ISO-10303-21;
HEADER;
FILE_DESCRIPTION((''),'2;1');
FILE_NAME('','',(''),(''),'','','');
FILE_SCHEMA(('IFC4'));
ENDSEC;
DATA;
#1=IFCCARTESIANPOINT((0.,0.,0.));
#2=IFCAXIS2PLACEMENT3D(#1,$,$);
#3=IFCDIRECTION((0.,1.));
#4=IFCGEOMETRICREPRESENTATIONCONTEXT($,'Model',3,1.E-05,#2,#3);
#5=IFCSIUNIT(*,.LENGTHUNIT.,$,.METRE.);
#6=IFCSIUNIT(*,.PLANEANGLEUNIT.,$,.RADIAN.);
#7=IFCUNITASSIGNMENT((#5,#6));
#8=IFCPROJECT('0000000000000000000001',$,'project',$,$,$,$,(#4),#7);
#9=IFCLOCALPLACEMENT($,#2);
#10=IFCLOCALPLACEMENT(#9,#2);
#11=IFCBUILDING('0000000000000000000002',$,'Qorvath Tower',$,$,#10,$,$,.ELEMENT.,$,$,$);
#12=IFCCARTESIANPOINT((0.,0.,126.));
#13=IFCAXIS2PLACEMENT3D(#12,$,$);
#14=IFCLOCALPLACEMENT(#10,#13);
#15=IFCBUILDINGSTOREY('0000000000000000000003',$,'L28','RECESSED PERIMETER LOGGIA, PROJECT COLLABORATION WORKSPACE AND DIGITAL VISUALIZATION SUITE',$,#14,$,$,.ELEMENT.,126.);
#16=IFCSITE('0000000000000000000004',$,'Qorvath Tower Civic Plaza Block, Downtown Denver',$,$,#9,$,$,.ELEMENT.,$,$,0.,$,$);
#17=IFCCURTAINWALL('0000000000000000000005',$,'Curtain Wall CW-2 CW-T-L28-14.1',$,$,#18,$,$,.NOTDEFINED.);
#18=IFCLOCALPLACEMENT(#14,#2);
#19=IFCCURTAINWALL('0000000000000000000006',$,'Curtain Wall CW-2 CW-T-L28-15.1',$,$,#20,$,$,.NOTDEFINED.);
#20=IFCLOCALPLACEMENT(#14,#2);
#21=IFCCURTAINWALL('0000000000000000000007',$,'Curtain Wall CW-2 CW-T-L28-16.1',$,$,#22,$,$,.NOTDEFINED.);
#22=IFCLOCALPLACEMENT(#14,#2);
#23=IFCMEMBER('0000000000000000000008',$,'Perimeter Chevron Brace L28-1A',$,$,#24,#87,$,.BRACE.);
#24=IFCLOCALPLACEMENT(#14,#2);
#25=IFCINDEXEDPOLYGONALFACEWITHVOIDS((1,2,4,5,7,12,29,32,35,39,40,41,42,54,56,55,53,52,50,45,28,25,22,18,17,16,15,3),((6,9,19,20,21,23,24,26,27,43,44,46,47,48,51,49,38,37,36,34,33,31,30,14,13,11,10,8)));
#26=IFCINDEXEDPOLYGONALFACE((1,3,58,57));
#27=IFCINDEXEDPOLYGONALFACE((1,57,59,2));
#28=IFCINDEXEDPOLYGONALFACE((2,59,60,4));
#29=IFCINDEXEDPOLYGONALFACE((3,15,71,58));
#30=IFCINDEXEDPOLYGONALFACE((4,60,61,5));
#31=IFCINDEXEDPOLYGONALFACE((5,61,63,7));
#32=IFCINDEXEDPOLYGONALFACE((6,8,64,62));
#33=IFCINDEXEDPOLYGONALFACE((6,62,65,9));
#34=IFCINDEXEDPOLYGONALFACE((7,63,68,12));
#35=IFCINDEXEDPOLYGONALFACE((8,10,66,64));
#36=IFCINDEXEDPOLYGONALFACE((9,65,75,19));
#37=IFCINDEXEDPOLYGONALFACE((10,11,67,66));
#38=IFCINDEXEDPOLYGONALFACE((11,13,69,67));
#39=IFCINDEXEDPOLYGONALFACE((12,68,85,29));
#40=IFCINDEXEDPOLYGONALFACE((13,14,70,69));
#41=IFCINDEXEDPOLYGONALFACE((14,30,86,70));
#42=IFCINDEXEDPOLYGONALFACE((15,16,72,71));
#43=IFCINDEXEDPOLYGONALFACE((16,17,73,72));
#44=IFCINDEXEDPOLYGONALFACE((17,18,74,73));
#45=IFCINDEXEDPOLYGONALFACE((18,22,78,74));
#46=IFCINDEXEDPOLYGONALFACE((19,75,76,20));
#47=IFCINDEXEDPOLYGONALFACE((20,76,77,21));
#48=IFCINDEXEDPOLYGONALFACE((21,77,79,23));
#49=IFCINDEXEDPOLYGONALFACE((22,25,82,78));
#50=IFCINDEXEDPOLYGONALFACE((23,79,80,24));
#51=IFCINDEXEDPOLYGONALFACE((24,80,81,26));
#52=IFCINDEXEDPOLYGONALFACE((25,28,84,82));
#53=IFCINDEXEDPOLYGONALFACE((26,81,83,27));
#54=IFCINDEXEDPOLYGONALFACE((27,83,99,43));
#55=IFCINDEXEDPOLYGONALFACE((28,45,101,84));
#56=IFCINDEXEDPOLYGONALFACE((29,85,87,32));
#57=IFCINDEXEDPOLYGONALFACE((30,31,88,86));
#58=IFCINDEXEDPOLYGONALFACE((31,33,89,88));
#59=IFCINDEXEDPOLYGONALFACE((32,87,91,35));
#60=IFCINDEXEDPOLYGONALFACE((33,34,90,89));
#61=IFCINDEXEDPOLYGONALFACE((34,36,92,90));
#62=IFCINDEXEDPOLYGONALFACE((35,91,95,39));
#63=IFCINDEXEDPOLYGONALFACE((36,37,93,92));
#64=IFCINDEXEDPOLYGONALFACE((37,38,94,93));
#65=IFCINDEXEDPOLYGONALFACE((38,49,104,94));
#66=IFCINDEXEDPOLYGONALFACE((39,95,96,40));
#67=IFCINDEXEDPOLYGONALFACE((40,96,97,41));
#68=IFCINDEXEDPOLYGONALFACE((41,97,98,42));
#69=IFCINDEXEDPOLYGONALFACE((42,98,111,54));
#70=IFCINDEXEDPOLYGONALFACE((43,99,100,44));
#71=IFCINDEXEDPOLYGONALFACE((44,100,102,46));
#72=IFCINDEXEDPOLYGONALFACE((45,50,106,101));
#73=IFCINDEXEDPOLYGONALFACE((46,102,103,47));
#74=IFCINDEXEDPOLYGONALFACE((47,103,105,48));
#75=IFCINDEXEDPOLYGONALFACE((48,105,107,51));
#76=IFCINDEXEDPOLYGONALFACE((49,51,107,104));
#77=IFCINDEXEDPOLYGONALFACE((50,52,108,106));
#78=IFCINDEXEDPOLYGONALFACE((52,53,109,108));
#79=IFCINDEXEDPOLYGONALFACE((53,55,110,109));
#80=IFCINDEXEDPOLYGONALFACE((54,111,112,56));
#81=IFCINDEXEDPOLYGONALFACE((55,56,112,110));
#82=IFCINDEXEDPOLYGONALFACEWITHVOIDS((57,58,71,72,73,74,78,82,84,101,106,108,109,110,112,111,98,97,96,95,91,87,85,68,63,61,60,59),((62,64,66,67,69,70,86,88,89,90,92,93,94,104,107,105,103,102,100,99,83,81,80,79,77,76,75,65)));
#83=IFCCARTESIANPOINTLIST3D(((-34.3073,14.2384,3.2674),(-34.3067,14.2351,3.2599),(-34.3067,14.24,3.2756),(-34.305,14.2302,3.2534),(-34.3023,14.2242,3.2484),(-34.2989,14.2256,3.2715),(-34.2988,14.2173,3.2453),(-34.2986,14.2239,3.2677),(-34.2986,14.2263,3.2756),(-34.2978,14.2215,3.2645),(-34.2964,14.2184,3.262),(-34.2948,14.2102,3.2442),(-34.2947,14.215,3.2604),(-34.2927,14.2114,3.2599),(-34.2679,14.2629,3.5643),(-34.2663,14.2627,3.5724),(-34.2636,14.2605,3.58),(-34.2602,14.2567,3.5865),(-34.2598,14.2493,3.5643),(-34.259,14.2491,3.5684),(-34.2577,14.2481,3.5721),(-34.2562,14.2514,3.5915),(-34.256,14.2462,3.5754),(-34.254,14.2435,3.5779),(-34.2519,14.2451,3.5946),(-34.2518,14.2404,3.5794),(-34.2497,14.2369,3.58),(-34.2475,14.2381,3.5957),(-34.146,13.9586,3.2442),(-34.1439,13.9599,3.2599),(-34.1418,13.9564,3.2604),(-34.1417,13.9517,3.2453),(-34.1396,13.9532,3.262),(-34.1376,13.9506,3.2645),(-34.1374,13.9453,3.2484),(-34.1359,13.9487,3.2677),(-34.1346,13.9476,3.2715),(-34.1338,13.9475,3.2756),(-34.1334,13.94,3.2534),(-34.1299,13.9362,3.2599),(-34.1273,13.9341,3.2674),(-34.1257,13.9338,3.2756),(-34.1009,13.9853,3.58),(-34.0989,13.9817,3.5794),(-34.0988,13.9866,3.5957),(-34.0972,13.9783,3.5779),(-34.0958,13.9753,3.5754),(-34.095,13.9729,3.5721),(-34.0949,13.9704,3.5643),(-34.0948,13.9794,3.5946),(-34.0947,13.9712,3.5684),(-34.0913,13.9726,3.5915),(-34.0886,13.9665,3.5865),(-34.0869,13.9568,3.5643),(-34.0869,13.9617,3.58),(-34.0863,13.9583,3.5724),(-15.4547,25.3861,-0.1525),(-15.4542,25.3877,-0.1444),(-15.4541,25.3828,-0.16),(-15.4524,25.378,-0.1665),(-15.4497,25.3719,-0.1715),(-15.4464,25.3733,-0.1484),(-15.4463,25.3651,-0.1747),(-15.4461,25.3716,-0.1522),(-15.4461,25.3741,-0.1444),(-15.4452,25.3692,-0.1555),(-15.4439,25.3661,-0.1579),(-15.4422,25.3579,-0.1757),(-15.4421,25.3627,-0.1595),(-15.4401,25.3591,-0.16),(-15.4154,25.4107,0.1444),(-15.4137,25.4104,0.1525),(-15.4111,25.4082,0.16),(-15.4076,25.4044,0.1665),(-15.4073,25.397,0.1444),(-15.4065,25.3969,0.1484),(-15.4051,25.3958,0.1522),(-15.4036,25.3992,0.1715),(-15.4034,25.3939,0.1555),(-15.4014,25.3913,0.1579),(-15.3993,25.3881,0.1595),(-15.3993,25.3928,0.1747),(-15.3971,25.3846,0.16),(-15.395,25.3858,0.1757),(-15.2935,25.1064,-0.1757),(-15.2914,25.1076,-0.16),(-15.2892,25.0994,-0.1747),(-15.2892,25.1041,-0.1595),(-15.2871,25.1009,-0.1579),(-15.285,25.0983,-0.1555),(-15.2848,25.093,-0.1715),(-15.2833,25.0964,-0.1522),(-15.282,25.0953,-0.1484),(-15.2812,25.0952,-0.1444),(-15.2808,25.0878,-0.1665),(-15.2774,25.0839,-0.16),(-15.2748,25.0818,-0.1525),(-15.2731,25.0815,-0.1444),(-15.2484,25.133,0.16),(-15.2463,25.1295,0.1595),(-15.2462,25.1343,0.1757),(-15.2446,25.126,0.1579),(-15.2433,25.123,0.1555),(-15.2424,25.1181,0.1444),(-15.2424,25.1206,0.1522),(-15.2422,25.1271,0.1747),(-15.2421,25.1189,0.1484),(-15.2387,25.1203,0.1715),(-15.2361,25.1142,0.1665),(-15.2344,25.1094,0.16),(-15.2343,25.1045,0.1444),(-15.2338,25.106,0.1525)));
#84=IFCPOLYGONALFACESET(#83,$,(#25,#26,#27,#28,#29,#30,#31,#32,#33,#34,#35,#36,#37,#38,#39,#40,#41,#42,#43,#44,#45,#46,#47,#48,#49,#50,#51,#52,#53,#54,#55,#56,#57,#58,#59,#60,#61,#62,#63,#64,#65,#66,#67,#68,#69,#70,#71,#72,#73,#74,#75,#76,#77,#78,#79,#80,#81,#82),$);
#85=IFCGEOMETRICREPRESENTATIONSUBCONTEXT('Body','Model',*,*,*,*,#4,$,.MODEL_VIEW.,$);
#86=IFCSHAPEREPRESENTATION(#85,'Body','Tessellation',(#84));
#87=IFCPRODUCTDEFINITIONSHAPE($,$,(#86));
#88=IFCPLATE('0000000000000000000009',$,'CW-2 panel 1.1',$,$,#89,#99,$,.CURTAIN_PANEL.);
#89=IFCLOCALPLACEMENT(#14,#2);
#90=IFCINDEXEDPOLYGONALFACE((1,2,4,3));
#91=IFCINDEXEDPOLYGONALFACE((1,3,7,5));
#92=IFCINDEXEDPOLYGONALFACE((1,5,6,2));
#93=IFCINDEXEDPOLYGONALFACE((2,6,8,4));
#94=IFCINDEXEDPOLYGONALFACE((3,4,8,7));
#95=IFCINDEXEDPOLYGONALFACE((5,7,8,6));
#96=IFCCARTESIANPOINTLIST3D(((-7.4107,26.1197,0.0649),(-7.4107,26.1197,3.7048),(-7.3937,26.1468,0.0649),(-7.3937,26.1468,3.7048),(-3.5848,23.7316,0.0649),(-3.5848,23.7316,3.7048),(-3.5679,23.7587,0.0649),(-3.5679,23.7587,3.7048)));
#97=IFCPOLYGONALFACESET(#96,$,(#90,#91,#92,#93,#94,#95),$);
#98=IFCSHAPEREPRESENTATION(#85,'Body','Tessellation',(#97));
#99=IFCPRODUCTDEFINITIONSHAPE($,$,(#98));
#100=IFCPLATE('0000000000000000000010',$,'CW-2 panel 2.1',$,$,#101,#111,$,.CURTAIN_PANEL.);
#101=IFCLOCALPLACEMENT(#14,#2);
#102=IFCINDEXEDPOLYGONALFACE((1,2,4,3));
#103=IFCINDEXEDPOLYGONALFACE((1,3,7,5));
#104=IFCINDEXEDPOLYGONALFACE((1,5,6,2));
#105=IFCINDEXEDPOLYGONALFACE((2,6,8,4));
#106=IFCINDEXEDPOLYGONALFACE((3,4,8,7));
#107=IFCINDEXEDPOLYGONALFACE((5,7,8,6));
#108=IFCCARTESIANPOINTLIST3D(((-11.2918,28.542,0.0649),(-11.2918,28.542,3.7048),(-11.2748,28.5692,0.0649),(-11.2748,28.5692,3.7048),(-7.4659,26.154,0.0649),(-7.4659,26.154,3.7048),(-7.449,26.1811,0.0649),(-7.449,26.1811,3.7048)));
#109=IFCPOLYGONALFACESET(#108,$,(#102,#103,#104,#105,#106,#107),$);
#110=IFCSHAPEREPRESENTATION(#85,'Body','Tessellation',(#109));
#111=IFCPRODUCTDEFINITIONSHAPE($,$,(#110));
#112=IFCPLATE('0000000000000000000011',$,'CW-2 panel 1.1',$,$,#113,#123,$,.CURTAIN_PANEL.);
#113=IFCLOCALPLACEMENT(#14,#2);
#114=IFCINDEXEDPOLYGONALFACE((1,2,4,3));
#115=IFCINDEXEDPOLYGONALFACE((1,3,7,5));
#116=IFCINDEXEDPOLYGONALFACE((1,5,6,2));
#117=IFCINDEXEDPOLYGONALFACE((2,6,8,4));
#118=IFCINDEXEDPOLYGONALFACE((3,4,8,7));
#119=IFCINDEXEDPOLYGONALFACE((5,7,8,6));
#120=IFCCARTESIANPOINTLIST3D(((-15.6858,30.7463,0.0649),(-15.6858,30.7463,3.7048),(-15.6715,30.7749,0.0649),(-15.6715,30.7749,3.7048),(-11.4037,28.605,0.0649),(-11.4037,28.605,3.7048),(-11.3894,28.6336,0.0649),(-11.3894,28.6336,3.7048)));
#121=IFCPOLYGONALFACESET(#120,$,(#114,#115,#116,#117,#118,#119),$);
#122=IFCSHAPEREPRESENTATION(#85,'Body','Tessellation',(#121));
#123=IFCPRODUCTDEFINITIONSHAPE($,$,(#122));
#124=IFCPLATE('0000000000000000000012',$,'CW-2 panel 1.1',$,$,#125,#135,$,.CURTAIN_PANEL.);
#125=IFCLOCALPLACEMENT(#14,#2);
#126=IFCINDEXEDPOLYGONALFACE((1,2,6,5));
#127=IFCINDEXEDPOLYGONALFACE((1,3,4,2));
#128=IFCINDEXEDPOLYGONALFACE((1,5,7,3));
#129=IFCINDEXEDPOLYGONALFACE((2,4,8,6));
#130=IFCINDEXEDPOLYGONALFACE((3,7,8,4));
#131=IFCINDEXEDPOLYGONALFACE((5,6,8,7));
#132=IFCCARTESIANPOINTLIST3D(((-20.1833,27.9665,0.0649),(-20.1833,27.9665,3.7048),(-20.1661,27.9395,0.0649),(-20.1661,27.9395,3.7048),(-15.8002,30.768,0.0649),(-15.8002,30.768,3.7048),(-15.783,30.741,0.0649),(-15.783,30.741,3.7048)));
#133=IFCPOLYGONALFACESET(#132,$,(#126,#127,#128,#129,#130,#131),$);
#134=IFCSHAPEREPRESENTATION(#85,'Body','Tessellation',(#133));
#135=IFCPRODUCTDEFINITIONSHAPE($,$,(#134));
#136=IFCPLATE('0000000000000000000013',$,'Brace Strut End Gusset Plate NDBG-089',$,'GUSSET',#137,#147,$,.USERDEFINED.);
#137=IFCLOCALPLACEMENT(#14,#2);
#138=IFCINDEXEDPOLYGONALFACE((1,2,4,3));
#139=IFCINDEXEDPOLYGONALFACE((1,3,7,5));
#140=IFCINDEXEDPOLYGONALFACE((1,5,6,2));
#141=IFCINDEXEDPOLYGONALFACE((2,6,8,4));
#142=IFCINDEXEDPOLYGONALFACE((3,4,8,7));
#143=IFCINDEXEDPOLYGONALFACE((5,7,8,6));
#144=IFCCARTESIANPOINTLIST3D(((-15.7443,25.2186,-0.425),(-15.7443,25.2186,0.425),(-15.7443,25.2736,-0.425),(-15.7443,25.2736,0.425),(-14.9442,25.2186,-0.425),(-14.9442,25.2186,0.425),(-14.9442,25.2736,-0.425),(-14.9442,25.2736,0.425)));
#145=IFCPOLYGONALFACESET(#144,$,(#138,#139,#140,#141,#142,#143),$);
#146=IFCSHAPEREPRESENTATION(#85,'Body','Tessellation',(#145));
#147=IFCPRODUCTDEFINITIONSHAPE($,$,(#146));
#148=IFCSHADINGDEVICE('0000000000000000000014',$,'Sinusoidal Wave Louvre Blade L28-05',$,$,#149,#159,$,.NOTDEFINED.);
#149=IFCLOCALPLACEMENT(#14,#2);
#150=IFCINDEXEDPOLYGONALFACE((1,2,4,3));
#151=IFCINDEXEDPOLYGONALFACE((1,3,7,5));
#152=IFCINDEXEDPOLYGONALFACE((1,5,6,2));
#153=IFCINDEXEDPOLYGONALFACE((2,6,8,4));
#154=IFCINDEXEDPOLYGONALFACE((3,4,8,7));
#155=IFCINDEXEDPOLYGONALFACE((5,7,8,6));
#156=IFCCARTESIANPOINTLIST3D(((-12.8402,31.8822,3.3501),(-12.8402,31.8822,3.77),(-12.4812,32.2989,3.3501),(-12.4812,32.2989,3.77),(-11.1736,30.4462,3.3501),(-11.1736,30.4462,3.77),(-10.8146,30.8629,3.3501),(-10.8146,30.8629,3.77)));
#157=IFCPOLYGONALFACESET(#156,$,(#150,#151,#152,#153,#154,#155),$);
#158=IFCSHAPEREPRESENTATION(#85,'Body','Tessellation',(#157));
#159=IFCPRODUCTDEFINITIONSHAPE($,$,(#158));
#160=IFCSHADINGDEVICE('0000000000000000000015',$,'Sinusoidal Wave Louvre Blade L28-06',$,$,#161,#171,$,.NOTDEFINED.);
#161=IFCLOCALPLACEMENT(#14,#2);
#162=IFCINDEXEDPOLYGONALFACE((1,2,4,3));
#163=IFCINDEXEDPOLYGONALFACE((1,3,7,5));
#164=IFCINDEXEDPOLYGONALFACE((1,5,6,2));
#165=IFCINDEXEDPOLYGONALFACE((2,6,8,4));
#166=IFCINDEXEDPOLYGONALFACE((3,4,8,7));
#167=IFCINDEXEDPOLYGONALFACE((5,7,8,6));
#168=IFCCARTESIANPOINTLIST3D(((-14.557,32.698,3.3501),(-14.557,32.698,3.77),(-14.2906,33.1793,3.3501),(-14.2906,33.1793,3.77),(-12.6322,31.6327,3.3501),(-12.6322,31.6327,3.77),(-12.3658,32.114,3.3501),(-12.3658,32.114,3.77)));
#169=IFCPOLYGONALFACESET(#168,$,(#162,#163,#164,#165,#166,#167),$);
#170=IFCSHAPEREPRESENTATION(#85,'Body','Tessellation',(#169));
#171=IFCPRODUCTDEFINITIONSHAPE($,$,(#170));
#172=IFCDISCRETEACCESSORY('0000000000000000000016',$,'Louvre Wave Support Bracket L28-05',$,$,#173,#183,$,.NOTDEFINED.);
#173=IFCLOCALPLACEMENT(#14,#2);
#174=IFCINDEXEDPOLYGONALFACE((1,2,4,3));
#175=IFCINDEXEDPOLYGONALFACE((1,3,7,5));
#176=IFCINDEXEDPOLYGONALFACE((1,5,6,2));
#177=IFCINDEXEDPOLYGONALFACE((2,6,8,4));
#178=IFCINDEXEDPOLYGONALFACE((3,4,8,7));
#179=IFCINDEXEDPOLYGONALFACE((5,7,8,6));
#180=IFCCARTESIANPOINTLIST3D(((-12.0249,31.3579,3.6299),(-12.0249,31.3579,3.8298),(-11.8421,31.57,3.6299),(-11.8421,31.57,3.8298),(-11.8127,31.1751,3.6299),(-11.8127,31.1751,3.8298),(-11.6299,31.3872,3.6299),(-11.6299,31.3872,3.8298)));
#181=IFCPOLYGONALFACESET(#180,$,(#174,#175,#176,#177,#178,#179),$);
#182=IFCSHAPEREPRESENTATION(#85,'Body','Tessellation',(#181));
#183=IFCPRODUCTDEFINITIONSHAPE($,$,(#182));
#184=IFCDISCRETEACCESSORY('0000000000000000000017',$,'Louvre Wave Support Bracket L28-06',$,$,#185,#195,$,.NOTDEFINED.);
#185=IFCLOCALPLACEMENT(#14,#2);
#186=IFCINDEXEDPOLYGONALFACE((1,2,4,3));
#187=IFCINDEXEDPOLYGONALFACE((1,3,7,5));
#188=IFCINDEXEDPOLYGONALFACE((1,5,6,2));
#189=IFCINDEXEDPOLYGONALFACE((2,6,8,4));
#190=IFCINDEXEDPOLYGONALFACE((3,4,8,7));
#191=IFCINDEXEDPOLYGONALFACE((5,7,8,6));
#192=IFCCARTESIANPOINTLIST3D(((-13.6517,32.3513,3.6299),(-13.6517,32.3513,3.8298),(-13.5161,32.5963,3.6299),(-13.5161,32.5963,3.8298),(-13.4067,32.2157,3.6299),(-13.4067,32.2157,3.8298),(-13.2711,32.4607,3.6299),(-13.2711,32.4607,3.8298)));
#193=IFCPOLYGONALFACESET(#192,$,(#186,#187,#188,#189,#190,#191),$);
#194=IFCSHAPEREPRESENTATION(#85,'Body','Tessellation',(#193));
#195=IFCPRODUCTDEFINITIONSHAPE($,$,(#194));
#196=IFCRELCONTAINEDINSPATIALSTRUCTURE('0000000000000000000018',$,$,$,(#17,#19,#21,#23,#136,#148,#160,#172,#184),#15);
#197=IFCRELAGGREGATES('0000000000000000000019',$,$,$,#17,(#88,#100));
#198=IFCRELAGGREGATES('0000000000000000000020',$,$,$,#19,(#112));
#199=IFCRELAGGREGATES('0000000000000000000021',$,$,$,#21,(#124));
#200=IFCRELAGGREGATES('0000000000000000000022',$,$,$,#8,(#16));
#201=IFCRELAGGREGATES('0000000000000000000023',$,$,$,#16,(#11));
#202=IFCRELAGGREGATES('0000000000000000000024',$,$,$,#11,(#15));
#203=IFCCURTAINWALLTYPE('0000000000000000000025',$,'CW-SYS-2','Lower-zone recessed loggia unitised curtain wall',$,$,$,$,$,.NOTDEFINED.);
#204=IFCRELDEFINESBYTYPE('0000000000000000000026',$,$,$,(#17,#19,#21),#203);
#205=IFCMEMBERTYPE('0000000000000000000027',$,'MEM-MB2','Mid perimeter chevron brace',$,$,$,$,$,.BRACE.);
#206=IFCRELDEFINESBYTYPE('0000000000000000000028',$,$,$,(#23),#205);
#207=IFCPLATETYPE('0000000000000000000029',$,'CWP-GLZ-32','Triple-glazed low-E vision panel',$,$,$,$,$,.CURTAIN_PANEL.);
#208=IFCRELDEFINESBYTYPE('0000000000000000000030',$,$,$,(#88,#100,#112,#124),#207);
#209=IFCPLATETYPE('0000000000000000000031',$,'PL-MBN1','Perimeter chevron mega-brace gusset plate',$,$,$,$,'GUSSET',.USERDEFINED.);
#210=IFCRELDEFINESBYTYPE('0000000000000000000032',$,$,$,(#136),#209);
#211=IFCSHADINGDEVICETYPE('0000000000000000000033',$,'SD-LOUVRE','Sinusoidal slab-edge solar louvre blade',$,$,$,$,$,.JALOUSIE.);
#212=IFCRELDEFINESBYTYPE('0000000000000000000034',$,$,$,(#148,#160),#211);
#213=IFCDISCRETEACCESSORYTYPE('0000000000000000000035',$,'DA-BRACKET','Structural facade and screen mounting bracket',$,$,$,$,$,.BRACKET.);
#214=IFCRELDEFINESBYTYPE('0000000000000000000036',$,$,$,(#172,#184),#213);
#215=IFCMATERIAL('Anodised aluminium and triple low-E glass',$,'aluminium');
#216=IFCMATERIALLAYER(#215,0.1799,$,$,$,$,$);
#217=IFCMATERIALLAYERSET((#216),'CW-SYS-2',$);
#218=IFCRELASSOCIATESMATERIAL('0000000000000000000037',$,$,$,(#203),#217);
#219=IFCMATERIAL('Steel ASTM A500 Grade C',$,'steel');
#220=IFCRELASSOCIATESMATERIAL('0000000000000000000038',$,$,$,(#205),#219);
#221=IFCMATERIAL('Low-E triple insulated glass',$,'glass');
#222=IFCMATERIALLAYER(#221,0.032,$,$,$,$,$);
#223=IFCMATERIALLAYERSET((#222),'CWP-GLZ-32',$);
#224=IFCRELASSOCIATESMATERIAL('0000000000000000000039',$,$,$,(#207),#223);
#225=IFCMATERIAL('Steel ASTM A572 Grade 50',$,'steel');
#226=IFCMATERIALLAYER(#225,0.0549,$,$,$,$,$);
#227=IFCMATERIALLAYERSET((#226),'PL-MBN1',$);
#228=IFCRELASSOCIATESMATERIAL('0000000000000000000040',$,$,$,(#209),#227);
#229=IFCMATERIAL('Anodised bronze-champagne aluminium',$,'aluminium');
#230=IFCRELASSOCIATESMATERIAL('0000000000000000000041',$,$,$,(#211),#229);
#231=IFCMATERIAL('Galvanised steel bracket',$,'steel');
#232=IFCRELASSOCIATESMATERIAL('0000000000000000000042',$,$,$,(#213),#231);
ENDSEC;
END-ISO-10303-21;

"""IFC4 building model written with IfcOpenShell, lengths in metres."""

from ifc_helpers import new_model, si_unit, direction, frame, origin, origin_2d, place, context, subcontext, project, spatial, rectangle, hollow_rectangle, extrude, material, layer, layer_set, material_profile, profile_set, type_object, element, aggregate, save


model = new_model("IFC4")

# Units and contexts
model_context = context("Model", 3, precision=1e-05, world=origin(), true_north=direction((0.0, 1.0)))
body_context = subcontext(model_context, "Body", "Model", "MODEL_VIEW")
ifc_project = project(units=[si_unit("LENGTHUNIT", "METRE"), si_unit("PLANEANGLEUNIT", "RADIAN")], contexts=[model_context])

# Site, building, storey
site_placement = place(None, origin())
site = spatial("IfcSite", under=ifc_project, at=site_placement, Name="Qorvath Tower Civic Plaza Block, Downtown Denver", CompositionType="ELEMENT", RefElevation=0.0)
building_placement = place(site_placement, origin())
building = spatial("IfcBuilding", under=site, at=building_placement, Name="Qorvath Tower", CompositionType="ELEMENT")
storey_placement = place(building_placement, frame((0.0, 0.0, 126.0)))
storey = spatial("IfcBuildingStorey", under=building, at=storey_placement, Name="L28", Description="RECESSED PERIMETER LOGGIA, PROJECT COLLABORATION WORKSPACE AND DIGITAL VISUALIZATION SUITE", CompositionType="ELEMENT", Elevation=126.0)

# Curtain walls
ifc_material_1 = material(Name="Anodised aluminium and triple low-E glass", Category="aluminium")
ifc_layer_1 = layer(ifc_material_1, 0.1799)
ifc_layer_set_1 = layer_set([ifc_layer_1], Name="CW-SYS-2")
curtain_wall_type = type_object("IfcCurtainWallType", Name="CW-SYS-2", Description="Lower-zone recessed loggia unitised curtain wall", PredefinedType="NOTDEFINED", material=ifc_layer_set_1)
curtain_wall_1_placement = place(storey_placement, origin())
curtain_wall_1 = element("IfcCurtainWall", 1, at=curtain_wall_1_placement, inside=storey, type_object=curtain_wall_type, Name="Curtain Wall CW-2 CW-T-L28-14.1", PredefinedType="NOTDEFINED")
curtain_wall_2_placement = place(storey_placement, origin())
curtain_wall_2 = element("IfcCurtainWall", 2, at=curtain_wall_2_placement, inside=storey, type_object=curtain_wall_type, Name="Curtain Wall CW-2 CW-T-L28-15.1", PredefinedType="NOTDEFINED")
curtain_wall_3_placement = place(storey_placement, origin())
curtain_wall_3 = element("IfcCurtainWall", 3, at=curtain_wall_3_placement, inside=storey, type_object=curtain_wall_type, Name="Curtain Wall CW-2 CW-T-L28-16.1", PredefinedType="NOTDEFINED")

# Member
ifc_material_2 = material(Name="Steel ASTM A500 Grade C", Category="steel")
ifc_material_profile_1 = material_profile(ifc_material_2, hollow_rectangle(XDim=0.3557, YDim=0.3557, WallThickness=0.0159, InnerFilletRadius=0.0159, OuterFilletRadius=0.0317, at=origin_2d()), Name="HSS 356x356x16")
ifc_profile_set_1 = profile_set([ifc_material_profile_1], Name="Steel ASTM A500 Grade C")
member_type_1 = type_object("IfcMemberType", Name="MEM-MB2", Description="Mid perimeter chevron brace", PredefinedType="BRACE", material=ifc_profile_set_1)
member_1_placement = place(storey_placement, frame((-15.3442, 25.2461, 0.0), z_axis=(-0.850469, -0.502892, 0.154278), x_axis=(0.508985, -0.860775, 0.0)))
element("IfcMember", 4, at=member_1_placement, inside=storey, type_object=member_type_1, Name="Perimeter Chevron Brace L28-1A", PredefinedType="BRACE", context=body_context, shape_type="SweptSolid", body=[
    extrude(hollow_rectangle(XDim=0.3557, YDim=0.3557, WallThickness=0.0159, InnerFilletRadius=0.0159, OuterFilletRadius=0.0317, at=origin_2d()), origin(), (0.0, 0.0, 1.0), 22.1672),
])

# Plates
ifc_material_3 = material(Name="Low-E triple insulated glass", Category="glass")
ifc_layer_2 = layer(ifc_material_3, 0.032)
ifc_layer_set_2 = layer_set([ifc_layer_2], Name="CWP-GLZ-32")
plate_type_1 = type_object("IfcPlateType", Name="CWP-GLZ-32", Description="Triple-glazed low-E vision panel", PredefinedType="CURTAIN_PANEL", material=ifc_layer_set_2)
plate_1_placement = place(storey_placement, frame((-5.4893, 24.9392, 0.0649), z_axis=(0.0, 0.0, 1.0), x_axis=(-0.848308, 0.529503, 0.0)))
plate_1 = element("IfcPlate", 5, at=plate_1_placement, type_object=plate_type_1, Name="CW-2 panel 1.1", PredefinedType="CURTAIN_PANEL", context=body_context, shape_type="SweptSolid", body=[
    extrude(rectangle(XDim=4.51, YDim=0.032, at=origin_2d()), origin(), (0.0, 0.0, 1.0), 3.6399),
])
plate_2_placement = place(storey_placement, frame((-9.3704, 27.3616, 0.0649), z_axis=(0.0, 0.0, 1.0), x_axis=(-0.848308, 0.529503, 0.0)))
plate_2 = element("IfcPlate", 6, at=plate_2_placement, type_object=plate_type_1, Name="CW-2 panel 2.1", PredefinedType="CURTAIN_PANEL", context=body_context, shape_type="SweptSolid", body=[
    extrude(rectangle(XDim=4.51, YDim=0.032, at=origin_2d()), origin(), (0.0, 0.0, 1.0), 3.6399),
])
aggregate(curtain_wall_1, [plate_1, plate_2])
plate_3_placement = place(storey_placement, frame((-13.5376, 29.6899, 0.0649), z_axis=(0.0, 0.0, 1.0), x_axis=(-0.894403, 0.447262, 0.0)))
plate_3 = element("IfcPlate", 7, at=plate_3_placement, type_object=plate_type_1, Name="CW-2 panel 1.1", PredefinedType="CURTAIN_PANEL", context=body_context, shape_type="SweptSolid", body=[
    extrude(rectangle(XDim=4.7876, YDim=0.032, at=origin_2d()), origin(), (0.0, 0.0, 1.0), 3.6399),
])
aggregate(curtain_wall_2, [plate_3])
plate_4_placement = place(storey_placement, frame((-17.9832, 29.3538, 0.0649), z_axis=(0.0, 0.0, 1.0), x_axis=(-0.842595, -0.538548, 0.0)))
plate_4 = element("IfcPlate", 8, at=plate_4_placement, type_object=plate_type_1, Name="CW-2 panel 1.1", PredefinedType="CURTAIN_PANEL", context=body_context, shape_type="SweptSolid", body=[
    extrude(rectangle(XDim=5.2019, YDim=0.032, at=origin_2d()), origin(), (0.0, 0.0, 1.0), 3.6399),
])
aggregate(curtain_wall_3, [plate_4])
ifc_material_4 = material(Name="Steel ASTM A572 Grade 50", Category="steel")
ifc_layer_3 = layer(ifc_material_4, 0.0549)
ifc_layer_set_3 = layer_set([ifc_layer_3], Name="PL-MBN1")
plate_type_2 = type_object("IfcPlateType", Name="PL-MBN1", Description="Perimeter chevron mega-brace gusset plate", ElementType="GUSSET", PredefinedType="USERDEFINED", material=ifc_layer_set_3)
plate_5_placement = place(storey_placement, frame((-15.3442, 25.2461, -0.425), z_axis=(0.0, 0.0, 1.0), x_axis=(1.0, 0.0, 0.0)))
element("IfcPlate", 9, at=plate_5_placement, inside=storey, type_object=plate_type_2, Name="Brace Strut End Gusset Plate NDBG-089", ObjectType="GUSSET", PredefinedType="USERDEFINED", context=body_context, shape_type="SweptSolid", body=[
    extrude(rectangle(XDim=0.8, YDim=0.0549, at=origin_2d()), origin(), (0.0, 0.0, 1.0), 0.8501),
])

# Shading devices
ifc_material_5 = material(Name="Anodised bronze-champagne aluminium", Category="aluminium")
shading_device_type = type_object("IfcShadingDeviceType", Name="SD-LOUVRE", Description="Sinusoidal slab-edge solar louvre blade", PredefinedType="JALOUSIE", material=ifc_material_5)
for number, where, z_axis, x_axis, name in (
    (10, (-11.8274, 31.3726, 3.3501), (0.0, 0.0, 1.0), (-0.757554, 0.652773, 0.0), "Sinusoidal Wave Louvre Blade L28-05"),
    (11, (-13.4614, 32.406, 3.3501), (0.0, 0.0, 1.0), (-0.874929, 0.484251, 0.0), "Sinusoidal Wave Louvre Blade L28-06"),
):
    element("IfcShadingDevice", number, at=place(storey_placement, frame(where, z_axis=z_axis, x_axis=x_axis)), inside=storey, type_object=shading_device_type, Name=name, PredefinedType="NOTDEFINED", context=body_context, shape_type="SweptSolid", body=[
        extrude(rectangle(XDim=2.2, YDim=0.55, at=origin_2d()), origin(), (0.0, 0.0, 1.0), 0.4199),
    ])

# Discrete accessories
ifc_material_6 = material(Name="Galvanised steel bracket", Category="steel")
discrete_accessory_type = type_object("IfcDiscreteAccessoryType", Name="DA-BRACKET", Description="Structural facade and screen mounting bracket", PredefinedType="BRACKET", material=ifc_material_6)
for number, where, z_axis, x_axis, name in (
    (12, (-11.8274, 31.3726, 3.6299), (0.0, 0.0, 1.0), (-0.757554, 0.652773, 0.0), "Louvre Wave Support Bracket L28-05"),
    (13, (-13.4614, 32.406, 3.6299), (0.0, 0.0, 1.0), (-0.874929, 0.484251, 0.0), "Louvre Wave Support Bracket L28-06"),
):
    element("IfcDiscreteAccessory", number, at=place(storey_placement, frame(where, z_axis=z_axis, x_axis=x_axis)), inside=storey, type_object=discrete_accessory_type, Name=name, PredefinedType="NOTDEFINED", context=body_context, shape_type="SweptSolid", body=[
        extrude(rectangle(XDim=0.28, YDim=0.28, at=origin_2d()), origin(), (0.0, 0.0, 1.0), 0.2),
    ])

save(model, "model.ifc")
